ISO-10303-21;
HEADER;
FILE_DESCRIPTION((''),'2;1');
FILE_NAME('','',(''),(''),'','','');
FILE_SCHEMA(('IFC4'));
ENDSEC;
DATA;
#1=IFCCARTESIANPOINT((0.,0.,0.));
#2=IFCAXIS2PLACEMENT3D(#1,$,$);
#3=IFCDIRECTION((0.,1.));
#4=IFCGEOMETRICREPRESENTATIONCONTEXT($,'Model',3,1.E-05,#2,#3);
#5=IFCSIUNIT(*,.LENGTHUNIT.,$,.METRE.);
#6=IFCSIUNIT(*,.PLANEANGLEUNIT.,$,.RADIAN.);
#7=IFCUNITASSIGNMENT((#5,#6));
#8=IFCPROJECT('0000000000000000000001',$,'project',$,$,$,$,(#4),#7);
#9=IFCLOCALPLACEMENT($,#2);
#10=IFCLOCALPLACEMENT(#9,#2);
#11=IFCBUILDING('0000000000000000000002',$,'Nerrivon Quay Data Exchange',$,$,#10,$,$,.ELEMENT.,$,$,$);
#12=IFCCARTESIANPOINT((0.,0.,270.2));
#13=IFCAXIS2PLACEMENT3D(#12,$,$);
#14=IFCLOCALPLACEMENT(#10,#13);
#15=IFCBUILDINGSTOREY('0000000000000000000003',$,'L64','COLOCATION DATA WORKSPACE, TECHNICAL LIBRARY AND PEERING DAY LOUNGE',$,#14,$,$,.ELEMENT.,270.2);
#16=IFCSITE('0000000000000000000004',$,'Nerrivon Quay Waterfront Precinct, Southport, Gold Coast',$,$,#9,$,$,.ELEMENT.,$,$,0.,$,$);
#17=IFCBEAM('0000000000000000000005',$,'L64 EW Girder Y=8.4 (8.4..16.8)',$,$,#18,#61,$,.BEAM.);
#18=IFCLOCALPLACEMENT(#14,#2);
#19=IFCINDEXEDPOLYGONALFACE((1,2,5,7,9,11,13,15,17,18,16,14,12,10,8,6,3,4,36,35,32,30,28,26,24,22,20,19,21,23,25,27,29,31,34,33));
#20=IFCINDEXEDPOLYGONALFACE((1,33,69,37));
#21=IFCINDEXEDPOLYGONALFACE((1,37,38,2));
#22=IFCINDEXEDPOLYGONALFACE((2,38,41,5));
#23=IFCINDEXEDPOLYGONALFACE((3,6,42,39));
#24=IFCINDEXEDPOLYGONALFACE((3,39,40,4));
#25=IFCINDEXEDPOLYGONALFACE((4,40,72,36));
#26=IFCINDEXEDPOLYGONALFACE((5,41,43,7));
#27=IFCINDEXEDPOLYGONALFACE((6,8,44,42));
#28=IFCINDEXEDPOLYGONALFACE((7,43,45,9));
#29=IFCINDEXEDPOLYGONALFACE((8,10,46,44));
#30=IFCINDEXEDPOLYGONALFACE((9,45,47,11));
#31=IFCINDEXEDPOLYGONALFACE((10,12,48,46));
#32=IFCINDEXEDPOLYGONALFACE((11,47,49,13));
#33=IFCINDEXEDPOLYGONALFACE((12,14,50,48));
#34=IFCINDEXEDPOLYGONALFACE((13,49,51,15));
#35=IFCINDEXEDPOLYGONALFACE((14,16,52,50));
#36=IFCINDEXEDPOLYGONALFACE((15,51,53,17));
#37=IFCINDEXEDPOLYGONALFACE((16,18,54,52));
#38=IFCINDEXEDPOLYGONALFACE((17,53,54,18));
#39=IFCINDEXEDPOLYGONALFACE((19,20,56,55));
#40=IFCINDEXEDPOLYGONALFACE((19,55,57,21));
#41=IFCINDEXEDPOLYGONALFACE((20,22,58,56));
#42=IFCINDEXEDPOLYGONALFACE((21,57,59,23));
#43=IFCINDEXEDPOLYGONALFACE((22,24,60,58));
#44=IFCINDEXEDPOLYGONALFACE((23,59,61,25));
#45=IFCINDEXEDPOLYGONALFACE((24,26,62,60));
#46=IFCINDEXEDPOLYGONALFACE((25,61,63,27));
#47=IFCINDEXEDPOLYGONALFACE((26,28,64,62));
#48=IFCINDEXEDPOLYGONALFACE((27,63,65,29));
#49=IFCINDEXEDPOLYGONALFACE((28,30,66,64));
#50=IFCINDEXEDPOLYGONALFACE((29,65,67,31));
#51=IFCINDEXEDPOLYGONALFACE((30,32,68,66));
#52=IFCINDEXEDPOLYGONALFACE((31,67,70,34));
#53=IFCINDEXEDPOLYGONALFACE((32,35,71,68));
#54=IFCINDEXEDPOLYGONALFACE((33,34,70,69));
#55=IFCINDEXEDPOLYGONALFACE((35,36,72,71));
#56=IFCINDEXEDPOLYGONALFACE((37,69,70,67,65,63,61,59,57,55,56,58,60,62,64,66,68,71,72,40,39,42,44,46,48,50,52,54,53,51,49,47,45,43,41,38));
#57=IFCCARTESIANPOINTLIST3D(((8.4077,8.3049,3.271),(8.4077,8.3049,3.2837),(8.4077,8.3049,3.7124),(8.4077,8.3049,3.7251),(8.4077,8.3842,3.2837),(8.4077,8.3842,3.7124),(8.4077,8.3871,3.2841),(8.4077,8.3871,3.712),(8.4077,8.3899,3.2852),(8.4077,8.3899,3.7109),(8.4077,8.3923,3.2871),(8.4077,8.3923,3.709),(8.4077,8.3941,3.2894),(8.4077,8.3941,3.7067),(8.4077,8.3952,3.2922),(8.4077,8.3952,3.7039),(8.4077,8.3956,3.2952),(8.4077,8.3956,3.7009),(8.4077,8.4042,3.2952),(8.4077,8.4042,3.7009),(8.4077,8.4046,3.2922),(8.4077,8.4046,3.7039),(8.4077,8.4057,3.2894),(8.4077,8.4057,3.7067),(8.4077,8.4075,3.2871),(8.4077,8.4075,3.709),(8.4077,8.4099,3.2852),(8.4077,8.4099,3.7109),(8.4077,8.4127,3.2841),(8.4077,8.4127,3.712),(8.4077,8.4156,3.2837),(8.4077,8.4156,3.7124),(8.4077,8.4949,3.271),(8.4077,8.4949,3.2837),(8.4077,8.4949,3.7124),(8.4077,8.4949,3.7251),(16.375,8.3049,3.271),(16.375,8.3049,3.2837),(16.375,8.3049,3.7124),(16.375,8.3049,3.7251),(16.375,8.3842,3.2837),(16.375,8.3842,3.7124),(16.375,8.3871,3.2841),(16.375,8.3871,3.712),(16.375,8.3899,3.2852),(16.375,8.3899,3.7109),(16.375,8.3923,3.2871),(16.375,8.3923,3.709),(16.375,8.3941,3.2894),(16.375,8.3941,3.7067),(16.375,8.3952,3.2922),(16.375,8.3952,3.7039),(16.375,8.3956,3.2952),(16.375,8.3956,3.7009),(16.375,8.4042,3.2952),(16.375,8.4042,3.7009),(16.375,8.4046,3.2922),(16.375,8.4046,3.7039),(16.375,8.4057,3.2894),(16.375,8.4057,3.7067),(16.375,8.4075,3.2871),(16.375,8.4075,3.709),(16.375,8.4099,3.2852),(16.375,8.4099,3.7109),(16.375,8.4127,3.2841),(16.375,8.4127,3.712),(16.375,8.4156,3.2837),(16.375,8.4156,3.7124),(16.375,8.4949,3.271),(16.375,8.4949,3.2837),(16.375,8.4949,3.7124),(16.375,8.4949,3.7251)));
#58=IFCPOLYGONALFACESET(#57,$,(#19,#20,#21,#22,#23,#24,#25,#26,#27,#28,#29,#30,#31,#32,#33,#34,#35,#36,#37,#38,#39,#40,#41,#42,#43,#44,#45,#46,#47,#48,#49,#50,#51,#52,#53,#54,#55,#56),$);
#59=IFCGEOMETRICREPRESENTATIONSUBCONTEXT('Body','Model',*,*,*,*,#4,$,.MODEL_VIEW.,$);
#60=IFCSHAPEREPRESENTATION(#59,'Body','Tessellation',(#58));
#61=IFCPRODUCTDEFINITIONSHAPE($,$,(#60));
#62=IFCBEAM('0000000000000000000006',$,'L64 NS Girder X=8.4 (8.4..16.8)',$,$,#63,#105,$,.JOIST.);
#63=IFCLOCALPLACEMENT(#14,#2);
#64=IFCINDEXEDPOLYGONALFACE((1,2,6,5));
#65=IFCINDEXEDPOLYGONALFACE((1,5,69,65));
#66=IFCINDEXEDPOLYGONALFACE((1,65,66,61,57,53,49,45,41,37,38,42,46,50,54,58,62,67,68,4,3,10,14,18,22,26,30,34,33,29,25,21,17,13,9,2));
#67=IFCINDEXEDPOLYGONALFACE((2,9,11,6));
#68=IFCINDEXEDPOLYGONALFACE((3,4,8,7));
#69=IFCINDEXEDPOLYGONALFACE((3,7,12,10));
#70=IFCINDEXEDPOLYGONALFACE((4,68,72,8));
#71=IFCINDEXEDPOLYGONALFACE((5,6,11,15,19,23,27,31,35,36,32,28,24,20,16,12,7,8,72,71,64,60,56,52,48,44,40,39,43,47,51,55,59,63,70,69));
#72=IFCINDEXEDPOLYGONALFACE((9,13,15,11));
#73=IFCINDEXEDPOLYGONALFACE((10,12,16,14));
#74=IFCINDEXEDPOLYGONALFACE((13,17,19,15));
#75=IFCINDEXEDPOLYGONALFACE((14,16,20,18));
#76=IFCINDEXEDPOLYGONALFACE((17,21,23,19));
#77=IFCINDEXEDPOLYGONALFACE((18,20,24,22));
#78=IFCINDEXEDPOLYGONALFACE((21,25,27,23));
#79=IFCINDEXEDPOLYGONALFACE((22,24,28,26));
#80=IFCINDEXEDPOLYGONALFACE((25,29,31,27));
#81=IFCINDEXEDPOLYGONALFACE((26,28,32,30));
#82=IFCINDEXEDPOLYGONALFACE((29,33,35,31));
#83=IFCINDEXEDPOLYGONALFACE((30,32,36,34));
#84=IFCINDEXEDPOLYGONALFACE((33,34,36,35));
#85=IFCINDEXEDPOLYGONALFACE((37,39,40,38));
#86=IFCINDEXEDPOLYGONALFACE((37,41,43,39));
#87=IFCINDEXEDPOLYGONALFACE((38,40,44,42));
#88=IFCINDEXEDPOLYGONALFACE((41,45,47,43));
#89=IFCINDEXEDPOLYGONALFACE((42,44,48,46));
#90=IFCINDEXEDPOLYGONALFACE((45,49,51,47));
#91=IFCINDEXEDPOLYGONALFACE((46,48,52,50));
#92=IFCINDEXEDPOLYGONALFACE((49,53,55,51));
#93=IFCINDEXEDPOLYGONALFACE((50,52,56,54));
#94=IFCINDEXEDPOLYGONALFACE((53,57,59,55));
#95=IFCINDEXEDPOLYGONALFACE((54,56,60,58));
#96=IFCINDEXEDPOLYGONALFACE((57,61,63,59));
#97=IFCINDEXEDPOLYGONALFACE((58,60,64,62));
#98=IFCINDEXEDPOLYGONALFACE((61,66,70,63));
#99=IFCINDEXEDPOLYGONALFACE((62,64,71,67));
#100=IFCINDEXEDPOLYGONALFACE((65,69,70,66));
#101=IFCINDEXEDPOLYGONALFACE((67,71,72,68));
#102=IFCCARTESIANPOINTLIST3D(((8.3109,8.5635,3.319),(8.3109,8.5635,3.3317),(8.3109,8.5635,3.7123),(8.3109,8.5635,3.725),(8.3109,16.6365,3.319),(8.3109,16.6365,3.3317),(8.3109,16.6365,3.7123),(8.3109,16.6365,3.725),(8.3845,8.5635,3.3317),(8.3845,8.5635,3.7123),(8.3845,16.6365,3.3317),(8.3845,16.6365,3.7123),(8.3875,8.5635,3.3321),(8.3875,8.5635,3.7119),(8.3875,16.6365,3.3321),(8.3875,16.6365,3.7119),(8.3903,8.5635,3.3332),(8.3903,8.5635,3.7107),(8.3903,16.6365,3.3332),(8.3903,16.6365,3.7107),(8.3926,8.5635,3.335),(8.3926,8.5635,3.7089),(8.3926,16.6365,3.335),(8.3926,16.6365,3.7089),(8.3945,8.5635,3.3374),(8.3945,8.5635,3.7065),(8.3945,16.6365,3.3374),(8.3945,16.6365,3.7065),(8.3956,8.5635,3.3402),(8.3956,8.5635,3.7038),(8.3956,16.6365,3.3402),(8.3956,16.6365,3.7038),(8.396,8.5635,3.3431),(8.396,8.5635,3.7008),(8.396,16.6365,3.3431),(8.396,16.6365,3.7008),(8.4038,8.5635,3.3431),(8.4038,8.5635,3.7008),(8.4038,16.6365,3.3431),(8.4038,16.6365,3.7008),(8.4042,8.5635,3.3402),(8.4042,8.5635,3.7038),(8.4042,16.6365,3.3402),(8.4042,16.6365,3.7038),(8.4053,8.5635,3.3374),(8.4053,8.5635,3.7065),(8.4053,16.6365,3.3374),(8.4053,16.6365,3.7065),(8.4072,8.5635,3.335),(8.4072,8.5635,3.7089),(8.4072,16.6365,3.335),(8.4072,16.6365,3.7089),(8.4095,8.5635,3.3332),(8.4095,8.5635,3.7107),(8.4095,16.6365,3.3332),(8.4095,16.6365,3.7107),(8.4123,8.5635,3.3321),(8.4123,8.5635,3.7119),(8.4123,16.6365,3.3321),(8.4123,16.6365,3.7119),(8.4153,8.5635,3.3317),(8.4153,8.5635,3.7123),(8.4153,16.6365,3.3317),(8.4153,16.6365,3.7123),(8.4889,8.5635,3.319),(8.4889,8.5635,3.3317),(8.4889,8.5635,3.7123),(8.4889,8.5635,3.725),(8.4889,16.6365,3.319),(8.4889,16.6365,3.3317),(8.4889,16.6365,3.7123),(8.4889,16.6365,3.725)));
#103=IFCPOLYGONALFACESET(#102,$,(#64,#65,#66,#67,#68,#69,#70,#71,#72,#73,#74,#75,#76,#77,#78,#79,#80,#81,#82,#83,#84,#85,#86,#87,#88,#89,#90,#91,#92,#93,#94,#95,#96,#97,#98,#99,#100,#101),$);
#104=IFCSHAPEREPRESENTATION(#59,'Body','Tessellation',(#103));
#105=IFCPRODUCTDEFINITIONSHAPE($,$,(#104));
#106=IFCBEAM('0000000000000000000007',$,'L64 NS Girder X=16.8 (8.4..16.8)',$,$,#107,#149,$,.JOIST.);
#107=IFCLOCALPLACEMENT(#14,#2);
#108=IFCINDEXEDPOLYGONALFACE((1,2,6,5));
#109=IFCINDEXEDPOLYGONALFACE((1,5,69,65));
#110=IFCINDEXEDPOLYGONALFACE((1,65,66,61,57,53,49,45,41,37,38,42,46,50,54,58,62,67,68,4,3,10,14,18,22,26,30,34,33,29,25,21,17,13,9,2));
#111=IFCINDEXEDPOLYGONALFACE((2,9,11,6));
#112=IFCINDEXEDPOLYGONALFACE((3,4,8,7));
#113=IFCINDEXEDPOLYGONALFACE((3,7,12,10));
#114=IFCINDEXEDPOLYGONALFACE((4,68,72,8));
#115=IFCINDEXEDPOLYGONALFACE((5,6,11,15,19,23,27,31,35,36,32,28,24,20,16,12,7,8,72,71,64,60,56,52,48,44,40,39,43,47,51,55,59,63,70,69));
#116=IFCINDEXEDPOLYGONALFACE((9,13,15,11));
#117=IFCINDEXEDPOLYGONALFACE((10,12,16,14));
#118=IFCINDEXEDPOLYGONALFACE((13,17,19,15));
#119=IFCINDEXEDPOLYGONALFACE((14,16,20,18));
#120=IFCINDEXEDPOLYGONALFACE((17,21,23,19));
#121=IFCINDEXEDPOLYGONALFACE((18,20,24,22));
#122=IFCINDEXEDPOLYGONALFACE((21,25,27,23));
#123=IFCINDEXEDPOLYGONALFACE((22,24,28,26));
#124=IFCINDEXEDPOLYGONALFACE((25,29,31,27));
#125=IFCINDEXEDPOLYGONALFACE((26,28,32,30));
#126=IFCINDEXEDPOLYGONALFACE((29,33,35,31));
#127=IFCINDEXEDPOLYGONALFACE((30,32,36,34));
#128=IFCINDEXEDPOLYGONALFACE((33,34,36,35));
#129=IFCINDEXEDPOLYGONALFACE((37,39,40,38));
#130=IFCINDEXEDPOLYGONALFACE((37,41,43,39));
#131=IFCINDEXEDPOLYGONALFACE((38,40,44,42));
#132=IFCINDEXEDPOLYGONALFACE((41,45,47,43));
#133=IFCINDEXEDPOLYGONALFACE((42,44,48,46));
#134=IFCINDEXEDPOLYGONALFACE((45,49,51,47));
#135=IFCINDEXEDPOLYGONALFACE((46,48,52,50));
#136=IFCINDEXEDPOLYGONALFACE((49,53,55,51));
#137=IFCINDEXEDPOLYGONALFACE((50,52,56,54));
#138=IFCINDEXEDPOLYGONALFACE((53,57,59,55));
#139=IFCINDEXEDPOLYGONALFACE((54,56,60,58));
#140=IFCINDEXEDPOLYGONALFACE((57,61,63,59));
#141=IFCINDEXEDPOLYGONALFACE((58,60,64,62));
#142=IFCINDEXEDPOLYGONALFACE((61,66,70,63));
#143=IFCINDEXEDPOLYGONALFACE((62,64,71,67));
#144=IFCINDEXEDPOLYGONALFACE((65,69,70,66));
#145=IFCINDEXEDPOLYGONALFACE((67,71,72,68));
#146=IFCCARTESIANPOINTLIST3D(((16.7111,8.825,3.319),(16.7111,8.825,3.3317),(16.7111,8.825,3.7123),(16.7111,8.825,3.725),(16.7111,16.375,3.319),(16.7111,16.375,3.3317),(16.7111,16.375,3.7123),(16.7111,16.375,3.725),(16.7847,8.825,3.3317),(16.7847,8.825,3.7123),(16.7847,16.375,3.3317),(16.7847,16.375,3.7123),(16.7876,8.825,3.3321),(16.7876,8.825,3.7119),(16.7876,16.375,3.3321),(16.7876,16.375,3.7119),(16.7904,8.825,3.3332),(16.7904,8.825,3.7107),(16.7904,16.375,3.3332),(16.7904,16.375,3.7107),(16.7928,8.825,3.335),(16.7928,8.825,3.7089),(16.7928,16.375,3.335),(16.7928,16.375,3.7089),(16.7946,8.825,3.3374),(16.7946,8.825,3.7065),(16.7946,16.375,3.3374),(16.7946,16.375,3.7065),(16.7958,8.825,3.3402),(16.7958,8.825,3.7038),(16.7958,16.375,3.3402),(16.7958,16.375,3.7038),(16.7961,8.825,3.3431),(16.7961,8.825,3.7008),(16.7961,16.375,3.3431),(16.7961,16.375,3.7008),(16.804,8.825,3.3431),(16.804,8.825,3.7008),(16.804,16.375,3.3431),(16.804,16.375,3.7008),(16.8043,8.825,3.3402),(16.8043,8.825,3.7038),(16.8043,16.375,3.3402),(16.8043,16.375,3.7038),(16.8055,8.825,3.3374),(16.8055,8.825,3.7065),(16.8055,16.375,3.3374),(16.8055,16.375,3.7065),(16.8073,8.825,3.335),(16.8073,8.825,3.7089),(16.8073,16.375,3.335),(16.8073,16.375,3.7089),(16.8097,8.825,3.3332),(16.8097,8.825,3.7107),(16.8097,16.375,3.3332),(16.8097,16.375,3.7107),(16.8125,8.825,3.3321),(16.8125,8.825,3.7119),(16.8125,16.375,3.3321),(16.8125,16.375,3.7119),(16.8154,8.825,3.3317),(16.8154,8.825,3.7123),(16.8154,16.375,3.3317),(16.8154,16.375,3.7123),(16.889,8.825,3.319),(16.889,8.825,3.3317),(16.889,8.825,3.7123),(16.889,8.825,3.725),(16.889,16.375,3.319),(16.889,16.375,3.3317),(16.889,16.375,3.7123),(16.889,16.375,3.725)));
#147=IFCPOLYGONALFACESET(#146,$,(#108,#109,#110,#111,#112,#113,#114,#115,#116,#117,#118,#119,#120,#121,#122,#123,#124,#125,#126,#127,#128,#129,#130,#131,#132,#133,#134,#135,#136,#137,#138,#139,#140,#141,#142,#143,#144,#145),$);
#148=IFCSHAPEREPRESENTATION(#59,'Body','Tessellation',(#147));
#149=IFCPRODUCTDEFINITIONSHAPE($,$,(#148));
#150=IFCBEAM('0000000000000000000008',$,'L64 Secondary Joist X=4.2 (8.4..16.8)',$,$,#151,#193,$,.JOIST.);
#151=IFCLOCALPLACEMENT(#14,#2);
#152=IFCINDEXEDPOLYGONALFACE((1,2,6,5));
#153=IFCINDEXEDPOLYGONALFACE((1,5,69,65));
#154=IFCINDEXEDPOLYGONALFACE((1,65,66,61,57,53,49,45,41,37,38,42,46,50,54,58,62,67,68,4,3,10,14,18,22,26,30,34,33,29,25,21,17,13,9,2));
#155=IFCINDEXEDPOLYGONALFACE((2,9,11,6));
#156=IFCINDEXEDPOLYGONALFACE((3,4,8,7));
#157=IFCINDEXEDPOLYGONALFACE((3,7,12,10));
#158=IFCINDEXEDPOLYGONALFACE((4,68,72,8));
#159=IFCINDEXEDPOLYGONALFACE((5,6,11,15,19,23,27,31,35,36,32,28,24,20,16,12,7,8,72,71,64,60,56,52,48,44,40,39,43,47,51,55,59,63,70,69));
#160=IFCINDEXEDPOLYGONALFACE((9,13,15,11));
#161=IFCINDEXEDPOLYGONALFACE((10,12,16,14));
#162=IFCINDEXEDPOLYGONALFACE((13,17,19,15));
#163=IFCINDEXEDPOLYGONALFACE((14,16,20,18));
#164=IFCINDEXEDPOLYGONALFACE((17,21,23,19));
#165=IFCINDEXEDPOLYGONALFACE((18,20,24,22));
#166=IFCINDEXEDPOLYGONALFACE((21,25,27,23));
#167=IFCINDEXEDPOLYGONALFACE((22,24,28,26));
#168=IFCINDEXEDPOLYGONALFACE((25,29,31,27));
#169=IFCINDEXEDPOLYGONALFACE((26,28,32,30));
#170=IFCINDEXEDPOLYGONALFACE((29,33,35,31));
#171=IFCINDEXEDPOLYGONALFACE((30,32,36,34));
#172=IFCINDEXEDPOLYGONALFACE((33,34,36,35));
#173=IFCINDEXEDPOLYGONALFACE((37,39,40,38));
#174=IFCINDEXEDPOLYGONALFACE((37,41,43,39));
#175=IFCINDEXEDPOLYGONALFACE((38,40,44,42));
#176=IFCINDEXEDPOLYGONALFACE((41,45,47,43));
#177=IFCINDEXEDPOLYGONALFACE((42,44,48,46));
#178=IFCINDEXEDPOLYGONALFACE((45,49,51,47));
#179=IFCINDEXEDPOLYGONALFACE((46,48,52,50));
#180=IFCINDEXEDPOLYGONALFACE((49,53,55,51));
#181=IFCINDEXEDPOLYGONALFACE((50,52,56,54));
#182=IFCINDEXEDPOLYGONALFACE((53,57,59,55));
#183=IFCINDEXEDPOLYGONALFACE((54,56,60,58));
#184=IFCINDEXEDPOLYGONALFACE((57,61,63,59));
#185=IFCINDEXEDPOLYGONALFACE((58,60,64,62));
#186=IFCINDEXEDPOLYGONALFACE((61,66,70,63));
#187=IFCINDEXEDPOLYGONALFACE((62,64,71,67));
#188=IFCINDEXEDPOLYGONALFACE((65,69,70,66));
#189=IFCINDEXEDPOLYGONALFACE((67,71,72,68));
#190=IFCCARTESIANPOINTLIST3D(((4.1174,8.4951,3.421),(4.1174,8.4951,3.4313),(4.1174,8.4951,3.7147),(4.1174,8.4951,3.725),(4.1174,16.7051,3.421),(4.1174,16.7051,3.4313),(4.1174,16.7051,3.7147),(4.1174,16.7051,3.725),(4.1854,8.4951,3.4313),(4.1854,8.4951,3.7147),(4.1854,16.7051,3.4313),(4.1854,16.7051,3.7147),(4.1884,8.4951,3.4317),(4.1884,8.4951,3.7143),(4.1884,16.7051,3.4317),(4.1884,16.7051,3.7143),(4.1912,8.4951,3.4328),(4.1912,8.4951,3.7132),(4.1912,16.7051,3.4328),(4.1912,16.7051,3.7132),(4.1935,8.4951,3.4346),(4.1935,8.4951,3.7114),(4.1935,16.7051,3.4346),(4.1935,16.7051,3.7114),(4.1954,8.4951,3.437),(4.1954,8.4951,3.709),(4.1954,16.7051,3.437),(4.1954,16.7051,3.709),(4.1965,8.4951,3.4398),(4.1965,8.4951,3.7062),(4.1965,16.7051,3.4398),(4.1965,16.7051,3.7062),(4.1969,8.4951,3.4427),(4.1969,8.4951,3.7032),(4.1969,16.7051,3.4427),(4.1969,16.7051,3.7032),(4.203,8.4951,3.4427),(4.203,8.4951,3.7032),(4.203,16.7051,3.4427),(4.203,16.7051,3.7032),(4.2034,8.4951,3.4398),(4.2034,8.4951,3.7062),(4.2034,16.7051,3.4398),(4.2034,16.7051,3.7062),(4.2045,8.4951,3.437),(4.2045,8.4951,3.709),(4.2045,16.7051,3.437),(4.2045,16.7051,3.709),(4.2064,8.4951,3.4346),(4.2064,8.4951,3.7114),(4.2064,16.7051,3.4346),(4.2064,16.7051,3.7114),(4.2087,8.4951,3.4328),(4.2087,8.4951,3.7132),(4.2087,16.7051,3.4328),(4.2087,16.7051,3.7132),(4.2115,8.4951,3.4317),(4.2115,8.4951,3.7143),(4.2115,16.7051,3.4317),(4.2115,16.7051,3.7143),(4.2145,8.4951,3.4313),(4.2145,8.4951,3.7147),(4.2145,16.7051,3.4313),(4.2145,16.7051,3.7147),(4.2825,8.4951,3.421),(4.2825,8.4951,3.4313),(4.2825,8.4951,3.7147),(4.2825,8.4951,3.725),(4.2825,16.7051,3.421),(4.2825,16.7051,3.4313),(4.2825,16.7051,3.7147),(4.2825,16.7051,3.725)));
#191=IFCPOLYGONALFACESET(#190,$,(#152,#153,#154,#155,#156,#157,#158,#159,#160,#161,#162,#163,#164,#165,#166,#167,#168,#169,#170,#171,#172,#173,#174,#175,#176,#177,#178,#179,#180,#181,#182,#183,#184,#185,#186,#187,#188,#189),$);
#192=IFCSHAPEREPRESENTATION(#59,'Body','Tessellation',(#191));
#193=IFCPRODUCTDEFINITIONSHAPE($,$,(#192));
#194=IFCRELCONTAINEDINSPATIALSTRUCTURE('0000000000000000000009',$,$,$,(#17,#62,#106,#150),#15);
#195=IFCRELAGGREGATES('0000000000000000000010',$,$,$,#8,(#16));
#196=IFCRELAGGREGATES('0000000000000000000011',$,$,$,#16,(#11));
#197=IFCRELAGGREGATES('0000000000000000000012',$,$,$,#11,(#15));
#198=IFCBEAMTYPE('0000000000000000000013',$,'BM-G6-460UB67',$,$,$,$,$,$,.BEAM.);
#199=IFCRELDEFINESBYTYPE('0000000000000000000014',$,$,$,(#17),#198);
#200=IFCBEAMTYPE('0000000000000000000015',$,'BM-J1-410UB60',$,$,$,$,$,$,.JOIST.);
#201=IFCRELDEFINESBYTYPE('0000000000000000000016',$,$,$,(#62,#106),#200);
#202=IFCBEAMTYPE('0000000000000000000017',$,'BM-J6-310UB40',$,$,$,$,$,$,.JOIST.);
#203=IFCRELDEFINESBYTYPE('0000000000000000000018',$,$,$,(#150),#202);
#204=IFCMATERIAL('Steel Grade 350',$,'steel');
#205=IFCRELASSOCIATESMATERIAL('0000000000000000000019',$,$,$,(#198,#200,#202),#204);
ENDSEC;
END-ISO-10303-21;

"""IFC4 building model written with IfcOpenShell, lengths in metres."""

from ifc_helpers import new_model, si_unit, direction, frame, origin, origin_2d, place, context, subcontext, project, spatial, i_section, extrude, material, material_profile, profile_set, type_object, element, save


model = new_model("IFC4")

# Units and contexts
model_context = context("Model", 3, precision=1e-05, world=origin(), true_north=direction((0.0, 1.0)))
body_context = subcontext(model_context, "Body", "Model", "MODEL_VIEW")
ifc_project = project(units=[si_unit("LENGTHUNIT", "METRE"), si_unit("PLANEANGLEUNIT", "RADIAN")], contexts=[model_context])

# Site, building, storey
site_placement = place(None, origin())
site = spatial("IfcSite", under=ifc_project, at=site_placement, Name="Nerrivon Quay Waterfront Precinct, Southport, Gold Coast", CompositionType="ELEMENT", RefElevation=0.0)
building_placement = place(site_placement, origin())
building = spatial("IfcBuilding", under=site, at=building_placement, Name="Nerrivon Quay Data Exchange", CompositionType="ELEMENT")
storey_placement = place(building_placement, frame((0.0, 0.0, 270.2)))
storey = spatial("IfcBuildingStorey", under=building, at=storey_placement, Name="L64", Description="COLOCATION DATA WORKSPACE, TECHNICAL LIBRARY AND PEERING DAY LOUNGE", CompositionType="ELEMENT", Elevation=270.2)

# Shared definitions
ifc_material_1 = material(Name="Steel Grade 350", Category="steel")

# Beams
ifc_material_profile_1 = material_profile(ifc_material_1, i_section(OverallWidth=0.1899, OverallDepth=0.4541, WebThickness=0.0085, FlangeThickness=0.0127, FilletRadius=0.0115, at=origin_2d()), Name="460UB67.1")
ifc_profile_set_1 = profile_set([ifc_material_profile_1], Name="Steel Grade 350")
beam_type_1 = type_object("IfcBeamType", Name="BM-G6-460UB67", PredefinedType="BEAM", material=ifc_profile_set_1)
beam_1_placement = place(storey_placement, frame((8.4077, 8.3999, 3.498), z_axis=(1.0, 0.0, 0.0), x_axis=(0.0, 1.0, 0.0)))
element("IfcBeam", 1, at=beam_1_placement, inside=storey, type_object=beam_type_1, Name="L64 EW Girder Y=8.4 (8.4..16.8)", PredefinedType="BEAM", context=body_context, shape_type="SweptSolid", body=[
    extrude(i_section(OverallWidth=0.1899, OverallDepth=0.4541, WebThickness=0.0085, FlangeThickness=0.0127, FilletRadius=0.0115, at=origin_2d()), origin(), (0.0, 0.0, 1.0), 7.9673),
])
ifc_material_profile_2 = material_profile(ifc_material_1, i_section(OverallWidth=0.178, OverallDepth=0.406, WebThickness=0.0078, FlangeThickness=0.0127, FilletRadius=0.0115, at=origin_2d()), Name="410UB59.7")
ifc_profile_set_2 = profile_set([ifc_material_profile_2], Name="Steel Grade 350")
beam_type_2 = type_object("IfcBeamType", Name="BM-J1-410UB60", PredefinedType="JOIST", material=ifc_profile_set_2)
beam_2_placement = place(storey_placement, frame((8.3999, 8.5635, 3.522), z_axis=(0.0, 1.0, 0.0), x_axis=(-1.0, 0.0, 0.0)))
element("IfcBeam", 2, at=beam_2_placement, inside=storey, type_object=beam_type_2, Name="L64 NS Girder X=8.4 (8.4..16.8)", PredefinedType="JOIST", context=body_context, shape_type="SweptSolid", body=[
    extrude(i_section(OverallWidth=0.178, OverallDepth=0.406, WebThickness=0.0078, FlangeThickness=0.0127, FilletRadius=0.0115, at=origin_2d()), origin(), (0.0, 0.0, 1.0), 8.073),
])
beam_3_placement = place(storey_placement, frame((16.8, 8.825, 3.522), z_axis=(0.0, 1.0, 0.0), x_axis=(-1.0, 0.0, 0.0)))
element("IfcBeam", 3, at=beam_3_placement, inside=storey, type_object=beam_type_2, Name="L64 NS Girder X=16.8 (8.4..16.8)", PredefinedType="JOIST", context=body_context, shape_type="SweptSolid", body=[
    extrude(i_section(OverallWidth=0.178, OverallDepth=0.406, WebThickness=0.0078, FlangeThickness=0.0127, FilletRadius=0.0115, at=origin_2d()), origin(), (0.0, 0.0, 1.0), 7.55),
])
ifc_material_profile_3 = material_profile(ifc_material_1, i_section(OverallWidth=0.165, OverallDepth=0.304, WebThickness=0.0061, FlangeThickness=0.0103, FilletRadius=0.0115, at=origin_2d()), Name="310UB40.4")
ifc_profile_set_3 = profile_set([ifc_material_profile_3], Name="Steel Grade 350")
beam_type_3 = type_object("IfcBeamType", Name="BM-J6-310UB40", PredefinedType="JOIST", material=ifc_profile_set_3)
for number, where, z_axis, x_axis, name in (
    (4, (4.2, 8.4951, 3.573), (0.0, 1.0, 0.0), (-1.0, 0.0, 0.0), "L64 Secondary Joist X=4.2 (8.4..16.8)"),
):
    element("IfcBeam", number, at=place(storey_placement, frame(where, z_axis=z_axis, x_axis=x_axis)), inside=storey, type_object=beam_type_3, Name=name, PredefinedType="JOIST", context=body_context, shape_type="SweptSolid", body=[
        extrude(i_section(OverallWidth=0.165, OverallDepth=0.304, WebThickness=0.0061, FlangeThickness=0.0103, FilletRadius=0.0115, at=origin_2d()), origin(), (0.0, 0.0, 1.0), 8.21),
    ])

save(model, "model.ifc")
